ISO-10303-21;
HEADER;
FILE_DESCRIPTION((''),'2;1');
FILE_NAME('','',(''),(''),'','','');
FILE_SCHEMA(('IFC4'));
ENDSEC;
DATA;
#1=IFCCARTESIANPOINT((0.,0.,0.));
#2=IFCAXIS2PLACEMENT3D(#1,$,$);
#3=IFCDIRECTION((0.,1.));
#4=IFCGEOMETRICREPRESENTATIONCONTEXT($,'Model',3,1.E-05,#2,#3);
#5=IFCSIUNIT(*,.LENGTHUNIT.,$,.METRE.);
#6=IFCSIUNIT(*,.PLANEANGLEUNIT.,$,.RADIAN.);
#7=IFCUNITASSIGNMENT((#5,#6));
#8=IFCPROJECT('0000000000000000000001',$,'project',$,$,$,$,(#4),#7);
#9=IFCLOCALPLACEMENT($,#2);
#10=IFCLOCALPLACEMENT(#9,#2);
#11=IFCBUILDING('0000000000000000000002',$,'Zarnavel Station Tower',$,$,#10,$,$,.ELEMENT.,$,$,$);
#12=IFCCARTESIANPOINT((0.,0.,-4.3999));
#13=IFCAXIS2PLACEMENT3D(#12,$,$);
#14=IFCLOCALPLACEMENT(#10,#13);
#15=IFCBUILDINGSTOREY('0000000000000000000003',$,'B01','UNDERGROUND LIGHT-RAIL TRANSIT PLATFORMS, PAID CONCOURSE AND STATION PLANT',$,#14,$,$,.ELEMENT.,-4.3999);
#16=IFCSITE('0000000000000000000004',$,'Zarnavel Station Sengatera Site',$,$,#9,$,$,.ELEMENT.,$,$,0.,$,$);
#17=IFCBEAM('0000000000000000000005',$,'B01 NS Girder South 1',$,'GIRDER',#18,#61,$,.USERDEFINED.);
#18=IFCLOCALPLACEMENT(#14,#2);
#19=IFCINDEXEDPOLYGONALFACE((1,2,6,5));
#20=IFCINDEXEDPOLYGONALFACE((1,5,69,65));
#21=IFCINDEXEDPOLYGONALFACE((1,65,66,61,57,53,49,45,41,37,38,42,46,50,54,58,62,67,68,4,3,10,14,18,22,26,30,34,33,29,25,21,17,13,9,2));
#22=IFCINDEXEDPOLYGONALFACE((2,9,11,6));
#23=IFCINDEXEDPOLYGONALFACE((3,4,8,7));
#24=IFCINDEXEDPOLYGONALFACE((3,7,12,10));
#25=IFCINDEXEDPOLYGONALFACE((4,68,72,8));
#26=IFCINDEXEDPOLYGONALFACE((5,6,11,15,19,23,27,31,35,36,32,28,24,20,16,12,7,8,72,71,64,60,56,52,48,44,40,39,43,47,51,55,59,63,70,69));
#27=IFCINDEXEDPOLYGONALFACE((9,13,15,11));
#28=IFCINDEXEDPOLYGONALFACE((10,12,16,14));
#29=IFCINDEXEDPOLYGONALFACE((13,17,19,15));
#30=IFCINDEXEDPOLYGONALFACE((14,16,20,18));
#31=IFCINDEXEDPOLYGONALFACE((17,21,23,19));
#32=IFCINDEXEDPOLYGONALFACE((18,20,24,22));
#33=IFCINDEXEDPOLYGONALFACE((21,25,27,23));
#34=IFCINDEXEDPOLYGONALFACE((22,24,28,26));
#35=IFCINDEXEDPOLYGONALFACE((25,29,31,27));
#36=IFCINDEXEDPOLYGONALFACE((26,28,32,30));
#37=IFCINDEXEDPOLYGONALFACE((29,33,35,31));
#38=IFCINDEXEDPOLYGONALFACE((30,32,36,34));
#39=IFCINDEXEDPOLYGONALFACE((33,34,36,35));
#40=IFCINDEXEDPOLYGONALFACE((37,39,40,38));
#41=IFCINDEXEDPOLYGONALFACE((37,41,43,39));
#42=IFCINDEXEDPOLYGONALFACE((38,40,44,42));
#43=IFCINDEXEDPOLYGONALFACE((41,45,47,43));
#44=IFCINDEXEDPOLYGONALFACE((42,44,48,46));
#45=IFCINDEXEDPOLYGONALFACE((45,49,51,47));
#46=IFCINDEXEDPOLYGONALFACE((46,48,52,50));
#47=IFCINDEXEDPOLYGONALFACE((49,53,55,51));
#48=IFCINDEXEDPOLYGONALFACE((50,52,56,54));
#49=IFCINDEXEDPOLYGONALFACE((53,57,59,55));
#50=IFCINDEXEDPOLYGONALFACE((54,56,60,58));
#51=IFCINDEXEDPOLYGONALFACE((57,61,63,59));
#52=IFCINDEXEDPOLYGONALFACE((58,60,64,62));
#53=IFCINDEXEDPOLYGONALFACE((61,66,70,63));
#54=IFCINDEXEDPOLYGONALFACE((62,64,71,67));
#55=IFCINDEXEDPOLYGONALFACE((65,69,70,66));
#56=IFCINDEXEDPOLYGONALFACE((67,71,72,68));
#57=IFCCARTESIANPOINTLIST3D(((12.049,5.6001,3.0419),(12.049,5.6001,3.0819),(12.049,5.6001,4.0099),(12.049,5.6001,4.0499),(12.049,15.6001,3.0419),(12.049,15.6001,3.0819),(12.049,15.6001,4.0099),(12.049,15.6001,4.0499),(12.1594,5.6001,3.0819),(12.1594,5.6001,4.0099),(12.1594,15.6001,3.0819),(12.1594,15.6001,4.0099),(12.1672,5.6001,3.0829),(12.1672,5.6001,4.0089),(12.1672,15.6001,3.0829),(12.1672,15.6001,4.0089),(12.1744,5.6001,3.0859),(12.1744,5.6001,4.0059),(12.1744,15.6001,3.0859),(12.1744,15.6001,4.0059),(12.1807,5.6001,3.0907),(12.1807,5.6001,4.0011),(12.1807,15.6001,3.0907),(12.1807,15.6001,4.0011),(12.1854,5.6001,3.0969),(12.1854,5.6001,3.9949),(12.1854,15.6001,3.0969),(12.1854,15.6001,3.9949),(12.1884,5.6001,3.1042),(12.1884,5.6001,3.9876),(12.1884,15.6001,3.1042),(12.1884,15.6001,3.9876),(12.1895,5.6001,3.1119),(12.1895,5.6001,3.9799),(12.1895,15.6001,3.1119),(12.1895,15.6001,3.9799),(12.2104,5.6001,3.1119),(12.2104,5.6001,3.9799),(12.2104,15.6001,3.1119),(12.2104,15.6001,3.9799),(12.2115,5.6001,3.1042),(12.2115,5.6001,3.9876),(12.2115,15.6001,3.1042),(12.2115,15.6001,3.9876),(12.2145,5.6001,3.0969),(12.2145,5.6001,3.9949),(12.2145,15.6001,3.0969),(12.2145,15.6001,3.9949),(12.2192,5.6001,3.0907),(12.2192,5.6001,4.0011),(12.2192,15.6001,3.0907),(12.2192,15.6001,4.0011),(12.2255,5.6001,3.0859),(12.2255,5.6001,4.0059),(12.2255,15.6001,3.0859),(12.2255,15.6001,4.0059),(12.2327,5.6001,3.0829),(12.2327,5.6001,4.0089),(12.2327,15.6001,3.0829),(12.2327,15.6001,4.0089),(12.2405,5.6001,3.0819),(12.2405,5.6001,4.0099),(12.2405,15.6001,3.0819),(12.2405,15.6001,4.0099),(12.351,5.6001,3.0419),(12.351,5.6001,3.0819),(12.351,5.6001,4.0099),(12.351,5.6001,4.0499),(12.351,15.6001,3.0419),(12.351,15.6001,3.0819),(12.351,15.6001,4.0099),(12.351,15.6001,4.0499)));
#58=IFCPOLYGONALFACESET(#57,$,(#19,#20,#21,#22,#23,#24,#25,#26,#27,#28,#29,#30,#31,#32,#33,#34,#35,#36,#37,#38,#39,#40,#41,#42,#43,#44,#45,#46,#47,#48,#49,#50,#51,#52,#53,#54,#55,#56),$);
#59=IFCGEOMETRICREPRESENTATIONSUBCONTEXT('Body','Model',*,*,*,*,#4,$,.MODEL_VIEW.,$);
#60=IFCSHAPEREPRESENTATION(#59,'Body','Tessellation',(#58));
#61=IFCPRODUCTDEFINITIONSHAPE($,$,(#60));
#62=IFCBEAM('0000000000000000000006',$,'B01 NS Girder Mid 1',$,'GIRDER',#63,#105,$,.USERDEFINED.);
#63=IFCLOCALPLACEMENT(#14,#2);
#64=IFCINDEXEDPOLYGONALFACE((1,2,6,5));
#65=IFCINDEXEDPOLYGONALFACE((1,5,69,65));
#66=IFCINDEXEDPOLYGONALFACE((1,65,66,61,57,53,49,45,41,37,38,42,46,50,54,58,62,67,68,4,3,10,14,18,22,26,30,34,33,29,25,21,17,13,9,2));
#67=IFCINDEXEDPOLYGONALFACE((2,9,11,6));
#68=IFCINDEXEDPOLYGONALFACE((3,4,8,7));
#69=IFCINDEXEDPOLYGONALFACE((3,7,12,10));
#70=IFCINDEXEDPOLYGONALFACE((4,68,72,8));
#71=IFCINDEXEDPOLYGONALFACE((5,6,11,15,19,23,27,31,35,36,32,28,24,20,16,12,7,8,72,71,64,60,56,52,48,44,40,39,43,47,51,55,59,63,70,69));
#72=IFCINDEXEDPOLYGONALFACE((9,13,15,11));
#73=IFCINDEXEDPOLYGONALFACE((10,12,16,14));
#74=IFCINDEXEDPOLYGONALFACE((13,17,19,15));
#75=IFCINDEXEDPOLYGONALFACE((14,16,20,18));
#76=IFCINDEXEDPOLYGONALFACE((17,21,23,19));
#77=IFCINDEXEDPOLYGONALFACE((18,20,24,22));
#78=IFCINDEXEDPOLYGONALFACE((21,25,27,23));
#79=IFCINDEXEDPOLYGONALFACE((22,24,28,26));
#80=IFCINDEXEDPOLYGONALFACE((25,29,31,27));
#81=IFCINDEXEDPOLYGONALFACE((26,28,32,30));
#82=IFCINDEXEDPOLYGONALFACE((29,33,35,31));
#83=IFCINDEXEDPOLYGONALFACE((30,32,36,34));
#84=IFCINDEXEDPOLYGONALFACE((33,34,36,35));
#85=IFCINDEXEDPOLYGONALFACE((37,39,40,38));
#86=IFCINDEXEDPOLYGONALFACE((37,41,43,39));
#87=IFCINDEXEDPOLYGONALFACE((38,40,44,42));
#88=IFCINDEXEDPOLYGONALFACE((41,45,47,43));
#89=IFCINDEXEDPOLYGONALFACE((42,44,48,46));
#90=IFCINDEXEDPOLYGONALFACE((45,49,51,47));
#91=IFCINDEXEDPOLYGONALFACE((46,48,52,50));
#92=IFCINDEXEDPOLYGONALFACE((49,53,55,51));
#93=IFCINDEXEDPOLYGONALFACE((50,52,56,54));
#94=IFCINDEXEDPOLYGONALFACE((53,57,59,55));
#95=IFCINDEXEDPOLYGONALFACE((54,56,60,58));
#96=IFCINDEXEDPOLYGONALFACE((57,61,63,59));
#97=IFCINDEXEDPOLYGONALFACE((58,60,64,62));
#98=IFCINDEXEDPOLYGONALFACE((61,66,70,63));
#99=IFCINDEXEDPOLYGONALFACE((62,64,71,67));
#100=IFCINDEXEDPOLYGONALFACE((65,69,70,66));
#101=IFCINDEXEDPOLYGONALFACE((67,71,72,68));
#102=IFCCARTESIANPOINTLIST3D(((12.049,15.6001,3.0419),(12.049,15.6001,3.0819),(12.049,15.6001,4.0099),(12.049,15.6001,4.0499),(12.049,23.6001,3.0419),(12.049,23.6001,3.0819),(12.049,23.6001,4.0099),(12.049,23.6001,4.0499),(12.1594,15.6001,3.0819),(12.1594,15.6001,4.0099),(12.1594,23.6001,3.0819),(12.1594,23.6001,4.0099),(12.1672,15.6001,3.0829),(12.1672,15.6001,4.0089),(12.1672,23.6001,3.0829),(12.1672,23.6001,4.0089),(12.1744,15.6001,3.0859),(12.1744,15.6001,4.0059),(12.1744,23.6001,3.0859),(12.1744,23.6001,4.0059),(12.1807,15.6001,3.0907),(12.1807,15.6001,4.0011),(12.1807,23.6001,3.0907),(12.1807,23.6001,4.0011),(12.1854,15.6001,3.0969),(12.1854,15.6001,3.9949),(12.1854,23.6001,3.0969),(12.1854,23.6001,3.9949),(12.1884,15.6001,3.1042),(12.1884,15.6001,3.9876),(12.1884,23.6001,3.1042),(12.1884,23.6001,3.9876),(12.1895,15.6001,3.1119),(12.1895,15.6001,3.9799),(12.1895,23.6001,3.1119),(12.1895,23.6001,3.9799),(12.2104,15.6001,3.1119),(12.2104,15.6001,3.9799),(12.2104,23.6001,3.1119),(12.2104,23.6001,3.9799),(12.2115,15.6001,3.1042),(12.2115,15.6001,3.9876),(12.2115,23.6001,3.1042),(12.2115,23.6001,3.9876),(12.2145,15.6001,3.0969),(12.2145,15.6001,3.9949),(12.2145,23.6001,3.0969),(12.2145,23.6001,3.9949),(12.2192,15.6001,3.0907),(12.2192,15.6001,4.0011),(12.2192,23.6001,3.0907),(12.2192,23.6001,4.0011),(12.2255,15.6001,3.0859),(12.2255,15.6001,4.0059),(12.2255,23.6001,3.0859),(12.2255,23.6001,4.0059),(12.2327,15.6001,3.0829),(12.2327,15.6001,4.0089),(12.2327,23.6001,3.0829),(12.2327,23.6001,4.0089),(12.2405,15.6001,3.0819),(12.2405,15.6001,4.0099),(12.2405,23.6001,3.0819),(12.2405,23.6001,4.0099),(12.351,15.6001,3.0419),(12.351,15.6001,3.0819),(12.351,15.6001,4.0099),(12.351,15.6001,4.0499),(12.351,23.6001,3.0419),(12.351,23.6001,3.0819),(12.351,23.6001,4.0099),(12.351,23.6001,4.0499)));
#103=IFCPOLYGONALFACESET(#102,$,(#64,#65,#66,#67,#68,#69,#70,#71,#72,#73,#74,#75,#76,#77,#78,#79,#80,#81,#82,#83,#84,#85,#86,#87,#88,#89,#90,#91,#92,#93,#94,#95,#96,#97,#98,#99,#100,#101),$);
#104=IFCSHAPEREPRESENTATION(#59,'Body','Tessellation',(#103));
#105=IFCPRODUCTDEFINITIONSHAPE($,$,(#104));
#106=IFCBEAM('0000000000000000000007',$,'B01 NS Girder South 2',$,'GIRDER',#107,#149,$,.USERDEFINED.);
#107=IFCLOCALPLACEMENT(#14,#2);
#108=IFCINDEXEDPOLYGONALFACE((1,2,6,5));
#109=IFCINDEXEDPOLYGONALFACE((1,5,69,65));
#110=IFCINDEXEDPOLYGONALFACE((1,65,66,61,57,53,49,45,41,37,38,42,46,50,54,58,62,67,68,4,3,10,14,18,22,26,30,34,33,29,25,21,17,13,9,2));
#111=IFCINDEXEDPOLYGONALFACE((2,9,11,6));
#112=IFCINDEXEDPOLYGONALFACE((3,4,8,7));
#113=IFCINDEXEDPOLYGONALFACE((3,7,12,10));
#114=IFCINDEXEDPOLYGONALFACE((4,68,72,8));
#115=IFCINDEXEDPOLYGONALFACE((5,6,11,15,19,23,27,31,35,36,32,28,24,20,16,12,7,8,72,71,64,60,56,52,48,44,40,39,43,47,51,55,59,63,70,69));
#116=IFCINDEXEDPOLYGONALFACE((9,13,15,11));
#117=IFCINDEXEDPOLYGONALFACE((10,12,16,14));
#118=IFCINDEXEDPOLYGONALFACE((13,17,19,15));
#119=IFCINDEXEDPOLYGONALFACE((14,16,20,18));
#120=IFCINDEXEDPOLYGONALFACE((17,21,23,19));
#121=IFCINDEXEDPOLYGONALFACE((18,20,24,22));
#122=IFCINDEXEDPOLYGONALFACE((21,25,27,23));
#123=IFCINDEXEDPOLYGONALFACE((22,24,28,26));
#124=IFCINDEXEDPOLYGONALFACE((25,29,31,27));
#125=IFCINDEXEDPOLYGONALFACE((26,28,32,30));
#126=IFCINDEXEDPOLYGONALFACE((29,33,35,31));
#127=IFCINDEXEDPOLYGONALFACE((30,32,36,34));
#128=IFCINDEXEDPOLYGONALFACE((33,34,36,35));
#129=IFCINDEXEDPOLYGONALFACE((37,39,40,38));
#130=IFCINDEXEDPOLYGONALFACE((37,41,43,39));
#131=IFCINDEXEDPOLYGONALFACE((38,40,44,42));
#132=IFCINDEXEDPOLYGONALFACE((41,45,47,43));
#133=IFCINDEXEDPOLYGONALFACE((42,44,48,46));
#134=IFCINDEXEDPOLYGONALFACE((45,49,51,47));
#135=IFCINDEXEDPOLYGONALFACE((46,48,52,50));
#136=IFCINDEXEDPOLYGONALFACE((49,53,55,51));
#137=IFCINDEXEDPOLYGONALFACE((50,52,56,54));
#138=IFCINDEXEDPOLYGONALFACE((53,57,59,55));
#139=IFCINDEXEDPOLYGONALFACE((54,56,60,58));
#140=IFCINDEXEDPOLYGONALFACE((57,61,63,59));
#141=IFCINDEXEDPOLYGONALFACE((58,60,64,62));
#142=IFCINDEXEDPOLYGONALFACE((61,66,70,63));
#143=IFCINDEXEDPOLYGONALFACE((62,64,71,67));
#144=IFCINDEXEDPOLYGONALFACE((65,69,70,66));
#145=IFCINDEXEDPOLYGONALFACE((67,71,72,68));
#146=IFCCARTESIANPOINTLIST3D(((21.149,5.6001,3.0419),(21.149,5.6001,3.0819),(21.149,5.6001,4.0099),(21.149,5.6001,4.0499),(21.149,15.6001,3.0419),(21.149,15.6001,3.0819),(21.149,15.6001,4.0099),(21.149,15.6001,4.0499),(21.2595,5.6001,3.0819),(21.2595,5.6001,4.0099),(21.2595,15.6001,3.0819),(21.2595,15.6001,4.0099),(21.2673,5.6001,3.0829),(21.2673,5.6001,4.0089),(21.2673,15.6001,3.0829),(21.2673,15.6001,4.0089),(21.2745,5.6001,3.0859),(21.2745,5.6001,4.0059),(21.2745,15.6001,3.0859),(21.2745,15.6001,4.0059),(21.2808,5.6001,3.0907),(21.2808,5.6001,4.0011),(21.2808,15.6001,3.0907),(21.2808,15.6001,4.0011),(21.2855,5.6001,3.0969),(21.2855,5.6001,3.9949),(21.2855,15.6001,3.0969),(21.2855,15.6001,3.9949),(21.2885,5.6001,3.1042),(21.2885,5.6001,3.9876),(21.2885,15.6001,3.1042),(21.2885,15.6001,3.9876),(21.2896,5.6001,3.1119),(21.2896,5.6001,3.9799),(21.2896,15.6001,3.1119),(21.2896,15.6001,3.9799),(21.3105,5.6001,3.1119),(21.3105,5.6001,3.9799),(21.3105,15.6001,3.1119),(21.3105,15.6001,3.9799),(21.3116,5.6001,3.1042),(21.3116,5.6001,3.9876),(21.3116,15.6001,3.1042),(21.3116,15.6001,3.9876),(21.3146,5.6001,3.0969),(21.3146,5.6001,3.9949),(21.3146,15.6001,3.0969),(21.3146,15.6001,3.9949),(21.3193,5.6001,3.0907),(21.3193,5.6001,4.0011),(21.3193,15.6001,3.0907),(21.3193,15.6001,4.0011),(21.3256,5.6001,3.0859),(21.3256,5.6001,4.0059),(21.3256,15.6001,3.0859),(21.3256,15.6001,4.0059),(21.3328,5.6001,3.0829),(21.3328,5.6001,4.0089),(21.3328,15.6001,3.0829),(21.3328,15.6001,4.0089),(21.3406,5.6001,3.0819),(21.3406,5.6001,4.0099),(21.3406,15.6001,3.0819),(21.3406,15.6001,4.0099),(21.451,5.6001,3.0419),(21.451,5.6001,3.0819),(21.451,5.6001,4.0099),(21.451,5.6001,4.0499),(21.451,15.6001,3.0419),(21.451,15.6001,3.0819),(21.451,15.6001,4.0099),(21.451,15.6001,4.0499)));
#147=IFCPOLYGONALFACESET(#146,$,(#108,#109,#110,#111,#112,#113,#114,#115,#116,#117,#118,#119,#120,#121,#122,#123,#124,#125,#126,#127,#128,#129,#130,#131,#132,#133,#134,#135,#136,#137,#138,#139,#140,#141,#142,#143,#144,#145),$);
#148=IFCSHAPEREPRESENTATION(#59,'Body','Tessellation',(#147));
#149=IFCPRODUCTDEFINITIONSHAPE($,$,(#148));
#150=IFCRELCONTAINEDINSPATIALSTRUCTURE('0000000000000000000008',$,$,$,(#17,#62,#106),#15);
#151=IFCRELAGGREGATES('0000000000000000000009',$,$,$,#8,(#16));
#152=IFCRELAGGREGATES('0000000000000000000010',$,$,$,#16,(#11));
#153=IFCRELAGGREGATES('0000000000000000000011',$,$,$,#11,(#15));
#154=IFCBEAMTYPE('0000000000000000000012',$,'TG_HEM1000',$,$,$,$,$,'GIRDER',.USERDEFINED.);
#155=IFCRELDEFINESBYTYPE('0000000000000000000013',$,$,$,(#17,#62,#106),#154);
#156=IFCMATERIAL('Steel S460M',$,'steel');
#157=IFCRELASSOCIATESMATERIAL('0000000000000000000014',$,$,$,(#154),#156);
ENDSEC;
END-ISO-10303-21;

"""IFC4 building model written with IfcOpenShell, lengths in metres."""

from ifc_helpers import new_model, si_unit, direction, frame, origin, origin_2d, place, context, subcontext, project, spatial, i_section, extrude, material, material_profile, profile_set, type_object, element, save


model = new_model("IFC4")

# Units and contexts
model_context = context("Model", 3, precision=1e-05, world=origin(), true_north=direction((0.0, 1.0)))
body_context = subcontext(model_context, "Body", "Model", "MODEL_VIEW")
ifc_project = project(units=[si_unit("LENGTHUNIT", "METRE"), si_unit("PLANEANGLEUNIT", "RADIAN")], contexts=[model_context])

# Site, building, storey
site_placement = place(None, origin())
site = spatial("IfcSite", under=ifc_project, at=site_placement, Name="Zarnavel Station Sengatera Site", CompositionType="ELEMENT", RefElevation=0.0)
building_placement = place(site_placement, origin())
building = spatial("IfcBuilding", under=site, at=building_placement, Name="Zarnavel Station Tower", CompositionType="ELEMENT")
storey_placement = place(building_placement, frame((0.0, 0.0, -4.3999)))
storey = spatial("IfcBuildingStorey", under=building, at=storey_placement, Name="B01", Description="UNDERGROUND LIGHT-RAIL TRANSIT PLATFORMS, PAID CONCOURSE AND STATION PLANT", CompositionType="ELEMENT", Elevation=-4.3999)

# Beams
ifc_material_1 = material(Name="Steel S460M", Category="steel")
ifc_material_profile_1 = material_profile(ifc_material_1, i_section(OverallWidth=0.302, OverallDepth=1.0081, WebThickness=0.021, FlangeThickness=0.04, FilletRadius=0.03, at=origin_2d()), Name="HEM1000")
ifc_profile_set_1 = profile_set([ifc_material_profile_1], Name="Steel S460M")
beam_type_1 = type_object("IfcBeamType", Name="TG_HEM1000", ElementType="GIRDER", PredefinedType="USERDEFINED", material=ifc_profile_set_1)
beam_1_placement = place(storey_placement, frame((12.2, 5.6001, 3.5459), z_axis=(0.0, 1.0, 0.0), x_axis=(-1.0, 0.0, 0.0)))
element("IfcBeam", 1, at=beam_1_placement, inside=storey, type_object=beam_type_1, Name="B01 NS Girder South 1", ObjectType="GIRDER", PredefinedType="USERDEFINED", context=body_context, shape_type="SweptSolid", body=[
    extrude(i_section(OverallWidth=0.302, OverallDepth=1.0081, WebThickness=0.021, FlangeThickness=0.04, FilletRadius=0.03, at=origin_2d()), origin(), (0.0, 0.0, 1.0), 10.0),
])
beam_2_placement = place(storey_placement, frame((12.2, 15.6001, 3.5459), z_axis=(0.0, 1.0, 0.0), x_axis=(-1.0, 0.0, 0.0)))
element("IfcBeam", 2, at=beam_2_placement, inside=storey, type_object=beam_type_1, Name="B01 NS Girder Mid 1", ObjectType="GIRDER", PredefinedType="USERDEFINED", context=body_context, shape_type="SweptSolid", body=[
    extrude(i_section(OverallWidth=0.302, OverallDepth=1.0081, WebThickness=0.021, FlangeThickness=0.04, FilletRadius=0.03, at=origin_2d()), origin(), (0.0, 0.0, 1.0), 8.0),
])
beam_3_placement = place(storey_placement, frame((21.3, 5.6001, 3.5459), z_axis=(0.0, 1.0, 0.0), x_axis=(-1.0, 0.0, 0.0)))
element("IfcBeam", 3, at=beam_3_placement, inside=storey, type_object=beam_type_1, Name="B01 NS Girder South 2", ObjectType="GIRDER", PredefinedType="USERDEFINED", context=body_context, shape_type="SweptSolid", body=[
    extrude(i_section(OverallWidth=0.302, OverallDepth=1.0081, WebThickness=0.021, FlangeThickness=0.04, FilletRadius=0.03, at=origin_2d()), origin(), (0.0, 0.0, 1.0), 10.0),
])

save(model, "model.ifc")
